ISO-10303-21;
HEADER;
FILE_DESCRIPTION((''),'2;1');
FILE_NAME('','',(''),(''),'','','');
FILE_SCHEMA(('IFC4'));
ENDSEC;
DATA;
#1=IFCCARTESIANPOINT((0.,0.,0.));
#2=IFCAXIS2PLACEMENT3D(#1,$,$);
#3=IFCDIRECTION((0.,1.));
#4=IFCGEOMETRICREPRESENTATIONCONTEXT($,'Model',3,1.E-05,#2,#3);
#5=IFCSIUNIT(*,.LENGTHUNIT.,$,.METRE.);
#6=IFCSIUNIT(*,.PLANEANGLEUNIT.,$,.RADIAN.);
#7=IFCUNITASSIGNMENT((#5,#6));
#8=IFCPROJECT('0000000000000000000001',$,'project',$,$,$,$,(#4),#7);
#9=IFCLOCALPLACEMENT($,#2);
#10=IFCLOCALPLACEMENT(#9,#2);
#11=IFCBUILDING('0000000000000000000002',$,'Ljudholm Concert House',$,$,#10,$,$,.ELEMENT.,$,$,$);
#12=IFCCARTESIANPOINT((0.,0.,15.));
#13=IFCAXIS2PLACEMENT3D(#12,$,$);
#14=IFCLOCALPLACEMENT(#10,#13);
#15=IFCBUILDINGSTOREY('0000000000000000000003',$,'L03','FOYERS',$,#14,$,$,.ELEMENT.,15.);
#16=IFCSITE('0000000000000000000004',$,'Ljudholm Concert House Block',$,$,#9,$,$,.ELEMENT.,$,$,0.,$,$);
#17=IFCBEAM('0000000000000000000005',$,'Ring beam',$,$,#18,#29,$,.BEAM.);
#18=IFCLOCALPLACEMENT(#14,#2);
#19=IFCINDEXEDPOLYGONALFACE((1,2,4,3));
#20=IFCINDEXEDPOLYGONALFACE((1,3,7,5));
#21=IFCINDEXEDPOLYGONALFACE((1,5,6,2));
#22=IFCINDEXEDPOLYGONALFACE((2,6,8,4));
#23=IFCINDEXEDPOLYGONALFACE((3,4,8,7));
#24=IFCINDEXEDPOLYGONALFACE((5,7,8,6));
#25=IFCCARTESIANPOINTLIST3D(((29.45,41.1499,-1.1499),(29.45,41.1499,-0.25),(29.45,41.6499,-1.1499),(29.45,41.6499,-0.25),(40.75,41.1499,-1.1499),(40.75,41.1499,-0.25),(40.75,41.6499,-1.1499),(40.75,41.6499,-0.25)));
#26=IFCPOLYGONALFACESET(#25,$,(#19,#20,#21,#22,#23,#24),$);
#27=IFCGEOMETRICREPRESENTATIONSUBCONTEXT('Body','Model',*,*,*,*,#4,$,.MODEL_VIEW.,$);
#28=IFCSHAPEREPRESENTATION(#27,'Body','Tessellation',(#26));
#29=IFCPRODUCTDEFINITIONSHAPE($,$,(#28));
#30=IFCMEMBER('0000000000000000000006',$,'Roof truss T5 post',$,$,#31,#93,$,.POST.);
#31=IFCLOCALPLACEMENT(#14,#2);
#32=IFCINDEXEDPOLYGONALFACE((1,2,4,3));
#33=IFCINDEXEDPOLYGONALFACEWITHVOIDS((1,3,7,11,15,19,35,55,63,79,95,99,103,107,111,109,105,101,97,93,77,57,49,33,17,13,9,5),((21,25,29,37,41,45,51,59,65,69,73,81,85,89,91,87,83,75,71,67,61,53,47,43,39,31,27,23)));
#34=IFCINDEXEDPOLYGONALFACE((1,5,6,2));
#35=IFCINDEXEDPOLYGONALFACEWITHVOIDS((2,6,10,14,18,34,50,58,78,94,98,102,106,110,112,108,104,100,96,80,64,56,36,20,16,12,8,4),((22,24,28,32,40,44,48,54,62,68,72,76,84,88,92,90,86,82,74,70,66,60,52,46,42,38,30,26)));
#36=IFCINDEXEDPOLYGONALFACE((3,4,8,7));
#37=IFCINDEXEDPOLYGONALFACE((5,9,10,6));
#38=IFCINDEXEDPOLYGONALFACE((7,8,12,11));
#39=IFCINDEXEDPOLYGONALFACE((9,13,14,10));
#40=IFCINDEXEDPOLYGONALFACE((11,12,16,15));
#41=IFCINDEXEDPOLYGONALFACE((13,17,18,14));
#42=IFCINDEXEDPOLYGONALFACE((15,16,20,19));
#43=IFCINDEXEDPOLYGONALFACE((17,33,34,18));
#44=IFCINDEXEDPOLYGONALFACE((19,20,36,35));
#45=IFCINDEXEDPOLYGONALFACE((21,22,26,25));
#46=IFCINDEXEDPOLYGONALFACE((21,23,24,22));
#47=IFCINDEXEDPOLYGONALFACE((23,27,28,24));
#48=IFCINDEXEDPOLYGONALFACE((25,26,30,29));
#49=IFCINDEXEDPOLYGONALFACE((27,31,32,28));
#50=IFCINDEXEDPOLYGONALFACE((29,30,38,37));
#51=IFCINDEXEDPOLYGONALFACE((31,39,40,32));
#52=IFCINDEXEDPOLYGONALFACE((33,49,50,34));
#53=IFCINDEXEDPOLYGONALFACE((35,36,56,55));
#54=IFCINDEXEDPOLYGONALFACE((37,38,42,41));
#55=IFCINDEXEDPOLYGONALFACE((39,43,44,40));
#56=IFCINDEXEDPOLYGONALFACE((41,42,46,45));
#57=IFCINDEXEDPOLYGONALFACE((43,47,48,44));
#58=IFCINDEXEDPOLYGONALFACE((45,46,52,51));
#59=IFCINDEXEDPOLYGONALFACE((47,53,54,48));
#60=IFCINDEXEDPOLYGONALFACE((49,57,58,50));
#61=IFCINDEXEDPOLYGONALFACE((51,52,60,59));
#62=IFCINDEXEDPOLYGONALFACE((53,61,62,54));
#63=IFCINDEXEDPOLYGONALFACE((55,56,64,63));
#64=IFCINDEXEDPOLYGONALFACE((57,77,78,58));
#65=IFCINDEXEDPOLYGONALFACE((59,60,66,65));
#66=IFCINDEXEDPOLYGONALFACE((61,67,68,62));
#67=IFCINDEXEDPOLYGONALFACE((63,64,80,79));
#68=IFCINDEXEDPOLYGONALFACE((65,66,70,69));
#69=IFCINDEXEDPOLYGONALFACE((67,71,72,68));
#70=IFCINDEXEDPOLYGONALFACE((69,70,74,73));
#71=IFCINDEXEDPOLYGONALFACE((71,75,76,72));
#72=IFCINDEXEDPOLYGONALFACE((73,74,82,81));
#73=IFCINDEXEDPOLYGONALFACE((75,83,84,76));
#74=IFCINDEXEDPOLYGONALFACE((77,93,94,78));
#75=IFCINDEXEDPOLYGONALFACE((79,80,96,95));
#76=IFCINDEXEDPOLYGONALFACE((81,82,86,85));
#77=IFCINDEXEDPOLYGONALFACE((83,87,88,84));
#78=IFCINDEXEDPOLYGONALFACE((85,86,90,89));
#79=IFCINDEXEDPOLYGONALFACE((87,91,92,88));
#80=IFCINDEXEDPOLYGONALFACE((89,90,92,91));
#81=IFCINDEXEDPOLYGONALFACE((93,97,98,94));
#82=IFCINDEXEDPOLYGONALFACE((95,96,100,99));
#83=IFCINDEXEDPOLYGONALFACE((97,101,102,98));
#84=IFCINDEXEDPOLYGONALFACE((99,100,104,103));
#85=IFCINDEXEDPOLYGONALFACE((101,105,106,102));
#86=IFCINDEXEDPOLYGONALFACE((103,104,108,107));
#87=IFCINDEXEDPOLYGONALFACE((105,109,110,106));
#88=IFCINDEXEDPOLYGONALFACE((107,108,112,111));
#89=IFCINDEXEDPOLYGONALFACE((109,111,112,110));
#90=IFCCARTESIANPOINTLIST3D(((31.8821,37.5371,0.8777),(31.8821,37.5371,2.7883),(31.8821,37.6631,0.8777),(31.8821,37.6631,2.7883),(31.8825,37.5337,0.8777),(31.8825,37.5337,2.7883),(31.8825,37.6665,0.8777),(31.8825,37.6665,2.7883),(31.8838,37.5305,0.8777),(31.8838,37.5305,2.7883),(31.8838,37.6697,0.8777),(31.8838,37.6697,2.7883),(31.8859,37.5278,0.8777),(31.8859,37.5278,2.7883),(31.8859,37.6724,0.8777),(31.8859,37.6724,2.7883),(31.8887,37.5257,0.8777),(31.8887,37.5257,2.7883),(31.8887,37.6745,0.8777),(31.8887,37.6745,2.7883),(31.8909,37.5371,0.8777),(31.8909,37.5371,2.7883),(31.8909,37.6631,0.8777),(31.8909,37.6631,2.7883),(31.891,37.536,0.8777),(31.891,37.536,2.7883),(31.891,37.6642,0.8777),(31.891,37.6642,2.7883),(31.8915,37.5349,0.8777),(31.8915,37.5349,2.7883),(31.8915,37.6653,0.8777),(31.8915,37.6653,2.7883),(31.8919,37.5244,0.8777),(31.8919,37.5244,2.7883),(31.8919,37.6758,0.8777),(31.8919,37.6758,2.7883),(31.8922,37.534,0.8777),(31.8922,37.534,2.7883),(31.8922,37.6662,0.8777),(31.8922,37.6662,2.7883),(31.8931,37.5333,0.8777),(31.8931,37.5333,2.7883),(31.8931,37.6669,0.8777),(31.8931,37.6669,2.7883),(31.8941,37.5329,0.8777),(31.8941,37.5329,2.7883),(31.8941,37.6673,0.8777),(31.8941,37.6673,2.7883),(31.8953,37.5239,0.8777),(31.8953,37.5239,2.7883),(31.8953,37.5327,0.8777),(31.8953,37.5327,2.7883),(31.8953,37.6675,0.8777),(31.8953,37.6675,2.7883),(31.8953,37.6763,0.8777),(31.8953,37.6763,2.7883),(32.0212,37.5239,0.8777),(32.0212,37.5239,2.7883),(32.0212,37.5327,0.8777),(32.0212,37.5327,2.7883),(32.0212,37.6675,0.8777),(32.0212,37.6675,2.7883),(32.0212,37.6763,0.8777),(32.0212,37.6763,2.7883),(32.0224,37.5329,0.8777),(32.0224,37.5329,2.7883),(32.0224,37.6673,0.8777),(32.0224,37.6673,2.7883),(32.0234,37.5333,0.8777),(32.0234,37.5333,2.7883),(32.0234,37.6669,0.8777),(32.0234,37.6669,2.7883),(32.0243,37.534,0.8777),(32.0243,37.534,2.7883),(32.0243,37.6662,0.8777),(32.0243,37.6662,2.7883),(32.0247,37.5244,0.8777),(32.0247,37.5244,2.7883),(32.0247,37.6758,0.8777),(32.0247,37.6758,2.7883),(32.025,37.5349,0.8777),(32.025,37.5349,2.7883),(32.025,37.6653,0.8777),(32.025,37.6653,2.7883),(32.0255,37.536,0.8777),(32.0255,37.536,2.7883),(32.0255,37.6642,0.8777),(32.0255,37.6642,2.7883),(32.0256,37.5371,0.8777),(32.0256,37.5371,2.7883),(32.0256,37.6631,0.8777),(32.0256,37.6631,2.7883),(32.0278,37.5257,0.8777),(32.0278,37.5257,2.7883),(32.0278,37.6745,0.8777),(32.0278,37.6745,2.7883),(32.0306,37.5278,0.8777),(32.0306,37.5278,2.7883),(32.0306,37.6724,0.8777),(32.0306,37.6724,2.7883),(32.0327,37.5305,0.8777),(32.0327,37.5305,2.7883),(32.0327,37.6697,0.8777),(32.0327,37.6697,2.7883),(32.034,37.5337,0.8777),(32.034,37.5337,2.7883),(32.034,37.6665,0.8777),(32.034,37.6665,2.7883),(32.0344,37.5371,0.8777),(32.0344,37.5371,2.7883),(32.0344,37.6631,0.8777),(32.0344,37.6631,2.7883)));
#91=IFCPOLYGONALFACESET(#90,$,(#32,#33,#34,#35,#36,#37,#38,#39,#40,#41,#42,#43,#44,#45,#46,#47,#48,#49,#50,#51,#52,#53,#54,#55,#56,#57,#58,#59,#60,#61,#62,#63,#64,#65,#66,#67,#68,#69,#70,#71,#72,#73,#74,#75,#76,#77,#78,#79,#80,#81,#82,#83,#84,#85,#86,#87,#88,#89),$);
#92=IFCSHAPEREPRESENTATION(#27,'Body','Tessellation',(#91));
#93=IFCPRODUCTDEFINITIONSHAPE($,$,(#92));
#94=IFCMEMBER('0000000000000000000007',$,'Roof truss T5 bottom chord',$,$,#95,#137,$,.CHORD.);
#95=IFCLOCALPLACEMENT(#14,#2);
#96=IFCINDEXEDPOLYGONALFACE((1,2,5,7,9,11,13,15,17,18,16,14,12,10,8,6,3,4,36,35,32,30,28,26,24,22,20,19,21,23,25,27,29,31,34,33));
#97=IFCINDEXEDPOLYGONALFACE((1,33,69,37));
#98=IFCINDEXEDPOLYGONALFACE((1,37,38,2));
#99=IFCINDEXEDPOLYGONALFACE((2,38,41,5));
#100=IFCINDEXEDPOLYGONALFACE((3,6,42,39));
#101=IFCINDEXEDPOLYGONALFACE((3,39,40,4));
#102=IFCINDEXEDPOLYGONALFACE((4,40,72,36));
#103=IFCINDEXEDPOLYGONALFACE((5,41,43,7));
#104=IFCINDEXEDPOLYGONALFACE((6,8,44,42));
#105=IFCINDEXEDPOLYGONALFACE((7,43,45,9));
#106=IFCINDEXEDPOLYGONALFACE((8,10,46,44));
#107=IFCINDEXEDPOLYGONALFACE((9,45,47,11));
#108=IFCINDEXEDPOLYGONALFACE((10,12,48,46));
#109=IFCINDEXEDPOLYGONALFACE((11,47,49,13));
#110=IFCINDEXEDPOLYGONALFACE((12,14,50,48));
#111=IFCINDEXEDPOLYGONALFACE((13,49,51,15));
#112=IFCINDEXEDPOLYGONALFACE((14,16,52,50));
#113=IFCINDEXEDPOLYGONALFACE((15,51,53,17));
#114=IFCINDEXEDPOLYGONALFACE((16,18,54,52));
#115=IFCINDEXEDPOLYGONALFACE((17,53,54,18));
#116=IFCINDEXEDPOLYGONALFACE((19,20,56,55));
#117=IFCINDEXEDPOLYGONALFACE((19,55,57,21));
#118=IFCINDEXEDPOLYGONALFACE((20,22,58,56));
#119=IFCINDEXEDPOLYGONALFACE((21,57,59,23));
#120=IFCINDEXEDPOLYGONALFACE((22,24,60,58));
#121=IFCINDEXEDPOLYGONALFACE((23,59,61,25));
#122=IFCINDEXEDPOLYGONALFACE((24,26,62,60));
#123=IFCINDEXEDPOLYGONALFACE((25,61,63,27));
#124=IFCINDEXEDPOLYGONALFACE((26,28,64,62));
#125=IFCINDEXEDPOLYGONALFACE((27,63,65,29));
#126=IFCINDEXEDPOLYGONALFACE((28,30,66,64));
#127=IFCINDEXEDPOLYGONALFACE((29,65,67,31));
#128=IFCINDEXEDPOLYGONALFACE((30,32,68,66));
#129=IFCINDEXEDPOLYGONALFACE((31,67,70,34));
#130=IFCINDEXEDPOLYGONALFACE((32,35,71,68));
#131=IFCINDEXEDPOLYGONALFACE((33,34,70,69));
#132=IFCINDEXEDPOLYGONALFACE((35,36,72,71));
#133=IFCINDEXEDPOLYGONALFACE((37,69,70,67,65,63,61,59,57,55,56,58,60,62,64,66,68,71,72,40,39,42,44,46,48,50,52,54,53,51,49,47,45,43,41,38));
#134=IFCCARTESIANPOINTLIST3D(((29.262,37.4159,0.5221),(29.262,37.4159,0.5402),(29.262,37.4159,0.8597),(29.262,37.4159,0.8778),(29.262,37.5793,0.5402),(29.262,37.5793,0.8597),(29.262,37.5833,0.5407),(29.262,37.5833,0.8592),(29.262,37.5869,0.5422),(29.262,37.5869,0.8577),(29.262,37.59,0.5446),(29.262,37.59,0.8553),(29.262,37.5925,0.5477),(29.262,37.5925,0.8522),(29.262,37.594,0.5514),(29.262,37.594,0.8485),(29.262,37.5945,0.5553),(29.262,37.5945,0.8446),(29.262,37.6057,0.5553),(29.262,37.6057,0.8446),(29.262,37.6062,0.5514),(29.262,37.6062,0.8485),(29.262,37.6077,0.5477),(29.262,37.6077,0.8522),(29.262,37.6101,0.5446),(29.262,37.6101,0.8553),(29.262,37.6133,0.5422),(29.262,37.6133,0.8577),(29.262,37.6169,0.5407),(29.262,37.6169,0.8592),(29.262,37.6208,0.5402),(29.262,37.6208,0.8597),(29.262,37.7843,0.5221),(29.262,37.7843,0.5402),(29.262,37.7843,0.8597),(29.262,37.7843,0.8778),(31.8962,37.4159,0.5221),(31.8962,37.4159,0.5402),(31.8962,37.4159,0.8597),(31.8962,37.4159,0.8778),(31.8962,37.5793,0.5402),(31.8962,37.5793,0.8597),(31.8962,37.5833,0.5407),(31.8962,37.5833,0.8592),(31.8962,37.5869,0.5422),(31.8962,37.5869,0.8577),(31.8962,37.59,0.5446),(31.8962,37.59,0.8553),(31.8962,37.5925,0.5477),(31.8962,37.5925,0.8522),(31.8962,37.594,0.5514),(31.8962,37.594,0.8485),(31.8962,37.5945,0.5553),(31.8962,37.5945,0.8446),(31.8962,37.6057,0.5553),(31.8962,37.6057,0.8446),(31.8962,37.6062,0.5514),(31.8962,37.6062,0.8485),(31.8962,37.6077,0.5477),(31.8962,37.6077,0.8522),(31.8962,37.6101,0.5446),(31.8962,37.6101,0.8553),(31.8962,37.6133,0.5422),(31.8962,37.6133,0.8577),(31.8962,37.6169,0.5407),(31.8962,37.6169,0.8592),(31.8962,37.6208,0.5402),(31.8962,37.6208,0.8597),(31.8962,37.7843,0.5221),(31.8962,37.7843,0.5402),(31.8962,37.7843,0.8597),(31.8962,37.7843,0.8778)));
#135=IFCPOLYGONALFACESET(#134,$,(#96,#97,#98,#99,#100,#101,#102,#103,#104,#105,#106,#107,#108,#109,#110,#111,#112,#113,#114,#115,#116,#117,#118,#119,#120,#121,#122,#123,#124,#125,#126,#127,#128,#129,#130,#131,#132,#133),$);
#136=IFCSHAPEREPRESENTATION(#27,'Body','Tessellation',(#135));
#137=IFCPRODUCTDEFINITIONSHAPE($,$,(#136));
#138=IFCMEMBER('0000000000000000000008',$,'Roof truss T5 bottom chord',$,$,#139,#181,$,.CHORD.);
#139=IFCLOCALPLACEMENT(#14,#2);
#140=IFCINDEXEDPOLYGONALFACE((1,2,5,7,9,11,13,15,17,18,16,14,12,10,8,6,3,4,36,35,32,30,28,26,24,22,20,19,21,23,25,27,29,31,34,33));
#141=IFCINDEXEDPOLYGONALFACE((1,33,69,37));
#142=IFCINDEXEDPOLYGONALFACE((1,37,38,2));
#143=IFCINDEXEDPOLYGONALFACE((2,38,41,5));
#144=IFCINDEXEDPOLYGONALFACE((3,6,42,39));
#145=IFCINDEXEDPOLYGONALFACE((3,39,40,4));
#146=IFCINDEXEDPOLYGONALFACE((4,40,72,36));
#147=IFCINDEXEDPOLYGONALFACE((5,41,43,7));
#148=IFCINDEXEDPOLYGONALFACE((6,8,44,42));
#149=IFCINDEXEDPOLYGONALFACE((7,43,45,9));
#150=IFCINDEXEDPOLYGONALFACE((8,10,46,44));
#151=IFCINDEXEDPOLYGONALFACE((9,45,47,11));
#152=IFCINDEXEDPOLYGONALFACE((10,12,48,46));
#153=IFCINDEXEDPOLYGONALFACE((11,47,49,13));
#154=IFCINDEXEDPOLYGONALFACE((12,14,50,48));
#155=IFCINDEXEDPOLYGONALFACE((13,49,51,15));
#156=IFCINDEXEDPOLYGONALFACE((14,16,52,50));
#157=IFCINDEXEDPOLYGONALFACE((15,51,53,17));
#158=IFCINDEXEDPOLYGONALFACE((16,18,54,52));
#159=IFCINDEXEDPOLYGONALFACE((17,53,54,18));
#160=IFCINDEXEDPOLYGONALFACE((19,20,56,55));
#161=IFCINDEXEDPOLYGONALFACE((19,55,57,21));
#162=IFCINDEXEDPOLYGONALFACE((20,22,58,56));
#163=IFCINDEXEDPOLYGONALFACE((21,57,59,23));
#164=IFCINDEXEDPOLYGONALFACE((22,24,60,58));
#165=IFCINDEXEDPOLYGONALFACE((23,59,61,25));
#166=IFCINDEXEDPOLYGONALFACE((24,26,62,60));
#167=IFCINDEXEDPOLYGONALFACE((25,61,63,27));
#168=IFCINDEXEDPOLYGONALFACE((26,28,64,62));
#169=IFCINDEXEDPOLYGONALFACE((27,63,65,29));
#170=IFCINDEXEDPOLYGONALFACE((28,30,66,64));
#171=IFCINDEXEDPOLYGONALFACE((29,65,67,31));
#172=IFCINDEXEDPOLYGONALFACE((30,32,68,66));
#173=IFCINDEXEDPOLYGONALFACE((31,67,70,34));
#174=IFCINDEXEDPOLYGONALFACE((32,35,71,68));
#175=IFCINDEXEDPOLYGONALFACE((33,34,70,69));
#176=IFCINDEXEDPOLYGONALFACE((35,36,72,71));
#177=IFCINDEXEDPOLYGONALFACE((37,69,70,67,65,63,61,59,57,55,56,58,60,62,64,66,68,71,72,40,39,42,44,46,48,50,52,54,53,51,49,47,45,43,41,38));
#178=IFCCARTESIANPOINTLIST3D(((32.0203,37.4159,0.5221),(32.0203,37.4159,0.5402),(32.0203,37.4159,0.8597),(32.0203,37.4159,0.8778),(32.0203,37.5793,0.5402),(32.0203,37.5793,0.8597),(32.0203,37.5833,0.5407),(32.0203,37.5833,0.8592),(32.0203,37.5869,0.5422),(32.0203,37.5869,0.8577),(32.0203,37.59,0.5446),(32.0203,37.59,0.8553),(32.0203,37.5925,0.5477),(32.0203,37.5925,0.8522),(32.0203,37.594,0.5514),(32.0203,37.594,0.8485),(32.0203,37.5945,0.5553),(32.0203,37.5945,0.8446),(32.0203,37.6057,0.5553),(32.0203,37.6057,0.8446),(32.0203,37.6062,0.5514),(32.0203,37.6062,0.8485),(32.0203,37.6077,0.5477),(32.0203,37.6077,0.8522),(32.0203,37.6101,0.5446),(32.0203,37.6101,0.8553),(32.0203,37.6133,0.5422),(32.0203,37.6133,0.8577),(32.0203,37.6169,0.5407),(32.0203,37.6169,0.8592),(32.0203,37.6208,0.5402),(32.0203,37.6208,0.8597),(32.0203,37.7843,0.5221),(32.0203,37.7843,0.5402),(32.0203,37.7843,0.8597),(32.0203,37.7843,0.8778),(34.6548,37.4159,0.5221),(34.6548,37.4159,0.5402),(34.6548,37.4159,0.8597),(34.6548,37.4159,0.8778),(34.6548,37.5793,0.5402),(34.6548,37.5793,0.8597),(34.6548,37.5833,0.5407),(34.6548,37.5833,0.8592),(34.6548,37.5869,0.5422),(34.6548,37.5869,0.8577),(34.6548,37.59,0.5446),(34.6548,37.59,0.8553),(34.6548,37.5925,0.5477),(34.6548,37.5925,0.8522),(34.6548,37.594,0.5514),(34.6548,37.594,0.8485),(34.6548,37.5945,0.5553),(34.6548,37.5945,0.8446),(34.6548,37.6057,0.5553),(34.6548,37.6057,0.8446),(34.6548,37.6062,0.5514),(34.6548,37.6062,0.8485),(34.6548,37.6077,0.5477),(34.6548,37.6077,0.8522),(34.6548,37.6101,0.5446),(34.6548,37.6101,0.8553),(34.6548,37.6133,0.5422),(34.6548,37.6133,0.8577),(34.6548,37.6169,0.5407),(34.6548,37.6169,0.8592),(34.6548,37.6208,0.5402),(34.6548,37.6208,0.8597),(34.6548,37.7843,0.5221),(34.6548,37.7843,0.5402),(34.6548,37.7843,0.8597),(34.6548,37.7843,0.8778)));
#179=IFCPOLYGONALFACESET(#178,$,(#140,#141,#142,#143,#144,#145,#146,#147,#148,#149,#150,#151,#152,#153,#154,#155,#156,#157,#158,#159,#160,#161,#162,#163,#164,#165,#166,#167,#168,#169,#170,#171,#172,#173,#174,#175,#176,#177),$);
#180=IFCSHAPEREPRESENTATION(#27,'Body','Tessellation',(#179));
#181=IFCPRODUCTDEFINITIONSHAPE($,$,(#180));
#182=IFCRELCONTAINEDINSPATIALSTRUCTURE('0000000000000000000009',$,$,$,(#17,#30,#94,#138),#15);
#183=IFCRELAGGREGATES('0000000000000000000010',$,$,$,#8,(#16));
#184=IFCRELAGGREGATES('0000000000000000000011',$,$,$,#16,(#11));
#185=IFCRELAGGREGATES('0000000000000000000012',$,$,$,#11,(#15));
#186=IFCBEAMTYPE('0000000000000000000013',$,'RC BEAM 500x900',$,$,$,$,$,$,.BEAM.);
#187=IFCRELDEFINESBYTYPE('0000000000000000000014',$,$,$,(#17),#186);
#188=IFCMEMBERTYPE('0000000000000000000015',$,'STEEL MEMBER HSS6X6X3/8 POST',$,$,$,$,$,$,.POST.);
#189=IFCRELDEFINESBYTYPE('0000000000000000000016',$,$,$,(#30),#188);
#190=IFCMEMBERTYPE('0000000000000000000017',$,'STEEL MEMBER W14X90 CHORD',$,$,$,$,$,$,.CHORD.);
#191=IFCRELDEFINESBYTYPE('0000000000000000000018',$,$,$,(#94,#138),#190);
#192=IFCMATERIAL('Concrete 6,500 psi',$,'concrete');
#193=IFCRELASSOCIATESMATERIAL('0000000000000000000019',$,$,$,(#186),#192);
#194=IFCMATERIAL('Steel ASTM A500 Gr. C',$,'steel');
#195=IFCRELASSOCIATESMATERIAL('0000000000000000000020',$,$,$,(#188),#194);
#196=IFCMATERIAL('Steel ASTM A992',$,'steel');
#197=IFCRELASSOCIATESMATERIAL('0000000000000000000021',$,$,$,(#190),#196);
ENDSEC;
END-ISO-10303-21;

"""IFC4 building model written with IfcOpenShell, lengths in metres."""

from ifc_helpers import new_model, si_unit, direction, frame, origin, origin_2d, place, context, subcontext, project, spatial, rectangle, hollow_rectangle, i_section, extrude, material, material_profile, profile_set, type_object, element, save


model = new_model("IFC4")

# Units and contexts
model_context = context("Model", 3, precision=1e-05, world=origin(), true_north=direction((0.0, 1.0)))
body_context = subcontext(model_context, "Body", "Model", "MODEL_VIEW")
ifc_project = project(units=[si_unit("LENGTHUNIT", "METRE"), si_unit("PLANEANGLEUNIT", "RADIAN")], contexts=[model_context])

# Site, building, storey
site_placement = place(None, origin())
site = spatial("IfcSite", under=ifc_project, at=site_placement, Name="Ljudholm Concert House Block", CompositionType="ELEMENT", RefElevation=0.0)
building_placement = place(site_placement, origin())
building = spatial("IfcBuilding", under=site, at=building_placement, Name="Ljudholm Concert House", CompositionType="ELEMENT")
storey_placement = place(building_placement, frame((0.0, 0.0, 15.0)))
storey = spatial("IfcBuildingStorey", under=building, at=storey_placement, Name="L03", Description="FOYERS", CompositionType="ELEMENT", Elevation=15.0)

# Beam
ifc_material_1 = material(Name="Concrete 6,500 psi", Category="concrete")
ifc_material_profile_1 = material_profile(ifc_material_1, rectangle(XDim=0.5, YDim=0.8999, at=origin_2d()), Name="RC BEAM 500x900")
ifc_profile_set_1 = profile_set([ifc_material_profile_1], Name="Concrete 6,500 psi")
beam_type = type_object("IfcBeamType", Name="RC BEAM 500x900", PredefinedType="BEAM", material=ifc_profile_set_1)
beam_placement = place(storey_placement, frame((29.45, 41.3999, -0.7), z_axis=(1.0, 0.0, 0.0), x_axis=(0.0, 1.0, 0.0)))
element("IfcBeam", 1, at=beam_placement, inside=storey, type_object=beam_type, Name="Ring beam", PredefinedType="BEAM", context=body_context, shape_type="SweptSolid", body=[
    extrude(rectangle(XDim=0.5, YDim=0.8999, at=origin_2d()), origin(), (0.0, 0.0, 1.0), 11.3),
])

# Members
ifc_material_2 = material(Name="Steel ASTM A500 Gr. C", Category="steel")
ifc_material_profile_2 = material_profile(ifc_material_2, hollow_rectangle(XDim=0.1523, YDim=0.1523, WallThickness=0.0088, InnerFilletRadius=0.0044, OuterFilletRadius=0.0132, at=origin_2d()), Name="HSS6X6X3/8")
ifc_profile_set_2 = profile_set([ifc_material_profile_2], Name="Steel ASTM A500 Gr. C")
member_type_1 = type_object("IfcMemberType", Name="STEEL MEMBER HSS6X6X3/8 POST", PredefinedType="POST", material=ifc_profile_set_2)
member_1_placement = place(storey_placement, frame((31.9583, 37.6001, 0.8777), z_axis=(0.0, 0.0, 1.0), x_axis=(1.0, 0.0, 0.0)))
element("IfcMember", 2, at=member_1_placement, inside=storey, type_object=member_type_1, Name="Roof truss T5 post", PredefinedType="POST", context=body_context, shape_type="SweptSolid", body=[
    extrude(hollow_rectangle(XDim=0.1523, YDim=0.1523, WallThickness=0.0088, InnerFilletRadius=0.0044, OuterFilletRadius=0.0132, at=origin_2d()), origin(), (0.0, 0.0, 1.0), 1.9106),
])
ifc_material_3 = material(Name="Steel ASTM A992", Category="steel")
ifc_material_profile_3 = material_profile(ifc_material_3, i_section(OverallWidth=0.3684, OverallDepth=0.3557, WebThickness=0.0112, FlangeThickness=0.0181, FilletRadius=0.0151, at=origin_2d()), Name="W14X90")
ifc_profile_set_3 = profile_set([ifc_material_profile_3], Name="Steel ASTM A992")
member_type_2 = type_object("IfcMemberType", Name="STEEL MEMBER W14X90 CHORD", PredefinedType="CHORD", material=ifc_profile_set_3)
member_2_placement = place(storey_placement, frame((29.262, 37.6001, 0.7), z_axis=(1.0, 0.0, 0.0), x_axis=(0.0, 1.0, 0.0)))
element("IfcMember", 3, at=member_2_placement, inside=storey, type_object=member_type_2, Name="Roof truss T5 bottom chord", PredefinedType="CHORD", context=body_context, shape_type="SweptSolid", body=[
    extrude(i_section(OverallWidth=0.3684, OverallDepth=0.3557, WebThickness=0.0112, FlangeThickness=0.0181, FilletRadius=0.0151, at=origin_2d()), origin(), (0.0, 0.0, 1.0), 2.6343),
])
for number, where, z_axis, x_axis, name in (
    (4, (32.0203, 37.6001, 0.7), (1.0, 0.0, 0.0), (0.0, 1.0, 0.0), "Roof truss T5 bottom chord"),
):
    element("IfcMember", number, at=place(storey_placement, frame(where, z_axis=z_axis, x_axis=x_axis)), inside=storey, type_object=member_type_2, Name=name, PredefinedType="CHORD", context=body_context, shape_type="SweptSolid", body=[
        extrude(i_section(OverallWidth=0.3684, OverallDepth=0.3557, WebThickness=0.0112, FlangeThickness=0.0181, FilletRadius=0.0151, at=origin_2d()), origin(), (0.0, 0.0, 1.0), 2.6345),
    ])

save(model, "model.ifc")
